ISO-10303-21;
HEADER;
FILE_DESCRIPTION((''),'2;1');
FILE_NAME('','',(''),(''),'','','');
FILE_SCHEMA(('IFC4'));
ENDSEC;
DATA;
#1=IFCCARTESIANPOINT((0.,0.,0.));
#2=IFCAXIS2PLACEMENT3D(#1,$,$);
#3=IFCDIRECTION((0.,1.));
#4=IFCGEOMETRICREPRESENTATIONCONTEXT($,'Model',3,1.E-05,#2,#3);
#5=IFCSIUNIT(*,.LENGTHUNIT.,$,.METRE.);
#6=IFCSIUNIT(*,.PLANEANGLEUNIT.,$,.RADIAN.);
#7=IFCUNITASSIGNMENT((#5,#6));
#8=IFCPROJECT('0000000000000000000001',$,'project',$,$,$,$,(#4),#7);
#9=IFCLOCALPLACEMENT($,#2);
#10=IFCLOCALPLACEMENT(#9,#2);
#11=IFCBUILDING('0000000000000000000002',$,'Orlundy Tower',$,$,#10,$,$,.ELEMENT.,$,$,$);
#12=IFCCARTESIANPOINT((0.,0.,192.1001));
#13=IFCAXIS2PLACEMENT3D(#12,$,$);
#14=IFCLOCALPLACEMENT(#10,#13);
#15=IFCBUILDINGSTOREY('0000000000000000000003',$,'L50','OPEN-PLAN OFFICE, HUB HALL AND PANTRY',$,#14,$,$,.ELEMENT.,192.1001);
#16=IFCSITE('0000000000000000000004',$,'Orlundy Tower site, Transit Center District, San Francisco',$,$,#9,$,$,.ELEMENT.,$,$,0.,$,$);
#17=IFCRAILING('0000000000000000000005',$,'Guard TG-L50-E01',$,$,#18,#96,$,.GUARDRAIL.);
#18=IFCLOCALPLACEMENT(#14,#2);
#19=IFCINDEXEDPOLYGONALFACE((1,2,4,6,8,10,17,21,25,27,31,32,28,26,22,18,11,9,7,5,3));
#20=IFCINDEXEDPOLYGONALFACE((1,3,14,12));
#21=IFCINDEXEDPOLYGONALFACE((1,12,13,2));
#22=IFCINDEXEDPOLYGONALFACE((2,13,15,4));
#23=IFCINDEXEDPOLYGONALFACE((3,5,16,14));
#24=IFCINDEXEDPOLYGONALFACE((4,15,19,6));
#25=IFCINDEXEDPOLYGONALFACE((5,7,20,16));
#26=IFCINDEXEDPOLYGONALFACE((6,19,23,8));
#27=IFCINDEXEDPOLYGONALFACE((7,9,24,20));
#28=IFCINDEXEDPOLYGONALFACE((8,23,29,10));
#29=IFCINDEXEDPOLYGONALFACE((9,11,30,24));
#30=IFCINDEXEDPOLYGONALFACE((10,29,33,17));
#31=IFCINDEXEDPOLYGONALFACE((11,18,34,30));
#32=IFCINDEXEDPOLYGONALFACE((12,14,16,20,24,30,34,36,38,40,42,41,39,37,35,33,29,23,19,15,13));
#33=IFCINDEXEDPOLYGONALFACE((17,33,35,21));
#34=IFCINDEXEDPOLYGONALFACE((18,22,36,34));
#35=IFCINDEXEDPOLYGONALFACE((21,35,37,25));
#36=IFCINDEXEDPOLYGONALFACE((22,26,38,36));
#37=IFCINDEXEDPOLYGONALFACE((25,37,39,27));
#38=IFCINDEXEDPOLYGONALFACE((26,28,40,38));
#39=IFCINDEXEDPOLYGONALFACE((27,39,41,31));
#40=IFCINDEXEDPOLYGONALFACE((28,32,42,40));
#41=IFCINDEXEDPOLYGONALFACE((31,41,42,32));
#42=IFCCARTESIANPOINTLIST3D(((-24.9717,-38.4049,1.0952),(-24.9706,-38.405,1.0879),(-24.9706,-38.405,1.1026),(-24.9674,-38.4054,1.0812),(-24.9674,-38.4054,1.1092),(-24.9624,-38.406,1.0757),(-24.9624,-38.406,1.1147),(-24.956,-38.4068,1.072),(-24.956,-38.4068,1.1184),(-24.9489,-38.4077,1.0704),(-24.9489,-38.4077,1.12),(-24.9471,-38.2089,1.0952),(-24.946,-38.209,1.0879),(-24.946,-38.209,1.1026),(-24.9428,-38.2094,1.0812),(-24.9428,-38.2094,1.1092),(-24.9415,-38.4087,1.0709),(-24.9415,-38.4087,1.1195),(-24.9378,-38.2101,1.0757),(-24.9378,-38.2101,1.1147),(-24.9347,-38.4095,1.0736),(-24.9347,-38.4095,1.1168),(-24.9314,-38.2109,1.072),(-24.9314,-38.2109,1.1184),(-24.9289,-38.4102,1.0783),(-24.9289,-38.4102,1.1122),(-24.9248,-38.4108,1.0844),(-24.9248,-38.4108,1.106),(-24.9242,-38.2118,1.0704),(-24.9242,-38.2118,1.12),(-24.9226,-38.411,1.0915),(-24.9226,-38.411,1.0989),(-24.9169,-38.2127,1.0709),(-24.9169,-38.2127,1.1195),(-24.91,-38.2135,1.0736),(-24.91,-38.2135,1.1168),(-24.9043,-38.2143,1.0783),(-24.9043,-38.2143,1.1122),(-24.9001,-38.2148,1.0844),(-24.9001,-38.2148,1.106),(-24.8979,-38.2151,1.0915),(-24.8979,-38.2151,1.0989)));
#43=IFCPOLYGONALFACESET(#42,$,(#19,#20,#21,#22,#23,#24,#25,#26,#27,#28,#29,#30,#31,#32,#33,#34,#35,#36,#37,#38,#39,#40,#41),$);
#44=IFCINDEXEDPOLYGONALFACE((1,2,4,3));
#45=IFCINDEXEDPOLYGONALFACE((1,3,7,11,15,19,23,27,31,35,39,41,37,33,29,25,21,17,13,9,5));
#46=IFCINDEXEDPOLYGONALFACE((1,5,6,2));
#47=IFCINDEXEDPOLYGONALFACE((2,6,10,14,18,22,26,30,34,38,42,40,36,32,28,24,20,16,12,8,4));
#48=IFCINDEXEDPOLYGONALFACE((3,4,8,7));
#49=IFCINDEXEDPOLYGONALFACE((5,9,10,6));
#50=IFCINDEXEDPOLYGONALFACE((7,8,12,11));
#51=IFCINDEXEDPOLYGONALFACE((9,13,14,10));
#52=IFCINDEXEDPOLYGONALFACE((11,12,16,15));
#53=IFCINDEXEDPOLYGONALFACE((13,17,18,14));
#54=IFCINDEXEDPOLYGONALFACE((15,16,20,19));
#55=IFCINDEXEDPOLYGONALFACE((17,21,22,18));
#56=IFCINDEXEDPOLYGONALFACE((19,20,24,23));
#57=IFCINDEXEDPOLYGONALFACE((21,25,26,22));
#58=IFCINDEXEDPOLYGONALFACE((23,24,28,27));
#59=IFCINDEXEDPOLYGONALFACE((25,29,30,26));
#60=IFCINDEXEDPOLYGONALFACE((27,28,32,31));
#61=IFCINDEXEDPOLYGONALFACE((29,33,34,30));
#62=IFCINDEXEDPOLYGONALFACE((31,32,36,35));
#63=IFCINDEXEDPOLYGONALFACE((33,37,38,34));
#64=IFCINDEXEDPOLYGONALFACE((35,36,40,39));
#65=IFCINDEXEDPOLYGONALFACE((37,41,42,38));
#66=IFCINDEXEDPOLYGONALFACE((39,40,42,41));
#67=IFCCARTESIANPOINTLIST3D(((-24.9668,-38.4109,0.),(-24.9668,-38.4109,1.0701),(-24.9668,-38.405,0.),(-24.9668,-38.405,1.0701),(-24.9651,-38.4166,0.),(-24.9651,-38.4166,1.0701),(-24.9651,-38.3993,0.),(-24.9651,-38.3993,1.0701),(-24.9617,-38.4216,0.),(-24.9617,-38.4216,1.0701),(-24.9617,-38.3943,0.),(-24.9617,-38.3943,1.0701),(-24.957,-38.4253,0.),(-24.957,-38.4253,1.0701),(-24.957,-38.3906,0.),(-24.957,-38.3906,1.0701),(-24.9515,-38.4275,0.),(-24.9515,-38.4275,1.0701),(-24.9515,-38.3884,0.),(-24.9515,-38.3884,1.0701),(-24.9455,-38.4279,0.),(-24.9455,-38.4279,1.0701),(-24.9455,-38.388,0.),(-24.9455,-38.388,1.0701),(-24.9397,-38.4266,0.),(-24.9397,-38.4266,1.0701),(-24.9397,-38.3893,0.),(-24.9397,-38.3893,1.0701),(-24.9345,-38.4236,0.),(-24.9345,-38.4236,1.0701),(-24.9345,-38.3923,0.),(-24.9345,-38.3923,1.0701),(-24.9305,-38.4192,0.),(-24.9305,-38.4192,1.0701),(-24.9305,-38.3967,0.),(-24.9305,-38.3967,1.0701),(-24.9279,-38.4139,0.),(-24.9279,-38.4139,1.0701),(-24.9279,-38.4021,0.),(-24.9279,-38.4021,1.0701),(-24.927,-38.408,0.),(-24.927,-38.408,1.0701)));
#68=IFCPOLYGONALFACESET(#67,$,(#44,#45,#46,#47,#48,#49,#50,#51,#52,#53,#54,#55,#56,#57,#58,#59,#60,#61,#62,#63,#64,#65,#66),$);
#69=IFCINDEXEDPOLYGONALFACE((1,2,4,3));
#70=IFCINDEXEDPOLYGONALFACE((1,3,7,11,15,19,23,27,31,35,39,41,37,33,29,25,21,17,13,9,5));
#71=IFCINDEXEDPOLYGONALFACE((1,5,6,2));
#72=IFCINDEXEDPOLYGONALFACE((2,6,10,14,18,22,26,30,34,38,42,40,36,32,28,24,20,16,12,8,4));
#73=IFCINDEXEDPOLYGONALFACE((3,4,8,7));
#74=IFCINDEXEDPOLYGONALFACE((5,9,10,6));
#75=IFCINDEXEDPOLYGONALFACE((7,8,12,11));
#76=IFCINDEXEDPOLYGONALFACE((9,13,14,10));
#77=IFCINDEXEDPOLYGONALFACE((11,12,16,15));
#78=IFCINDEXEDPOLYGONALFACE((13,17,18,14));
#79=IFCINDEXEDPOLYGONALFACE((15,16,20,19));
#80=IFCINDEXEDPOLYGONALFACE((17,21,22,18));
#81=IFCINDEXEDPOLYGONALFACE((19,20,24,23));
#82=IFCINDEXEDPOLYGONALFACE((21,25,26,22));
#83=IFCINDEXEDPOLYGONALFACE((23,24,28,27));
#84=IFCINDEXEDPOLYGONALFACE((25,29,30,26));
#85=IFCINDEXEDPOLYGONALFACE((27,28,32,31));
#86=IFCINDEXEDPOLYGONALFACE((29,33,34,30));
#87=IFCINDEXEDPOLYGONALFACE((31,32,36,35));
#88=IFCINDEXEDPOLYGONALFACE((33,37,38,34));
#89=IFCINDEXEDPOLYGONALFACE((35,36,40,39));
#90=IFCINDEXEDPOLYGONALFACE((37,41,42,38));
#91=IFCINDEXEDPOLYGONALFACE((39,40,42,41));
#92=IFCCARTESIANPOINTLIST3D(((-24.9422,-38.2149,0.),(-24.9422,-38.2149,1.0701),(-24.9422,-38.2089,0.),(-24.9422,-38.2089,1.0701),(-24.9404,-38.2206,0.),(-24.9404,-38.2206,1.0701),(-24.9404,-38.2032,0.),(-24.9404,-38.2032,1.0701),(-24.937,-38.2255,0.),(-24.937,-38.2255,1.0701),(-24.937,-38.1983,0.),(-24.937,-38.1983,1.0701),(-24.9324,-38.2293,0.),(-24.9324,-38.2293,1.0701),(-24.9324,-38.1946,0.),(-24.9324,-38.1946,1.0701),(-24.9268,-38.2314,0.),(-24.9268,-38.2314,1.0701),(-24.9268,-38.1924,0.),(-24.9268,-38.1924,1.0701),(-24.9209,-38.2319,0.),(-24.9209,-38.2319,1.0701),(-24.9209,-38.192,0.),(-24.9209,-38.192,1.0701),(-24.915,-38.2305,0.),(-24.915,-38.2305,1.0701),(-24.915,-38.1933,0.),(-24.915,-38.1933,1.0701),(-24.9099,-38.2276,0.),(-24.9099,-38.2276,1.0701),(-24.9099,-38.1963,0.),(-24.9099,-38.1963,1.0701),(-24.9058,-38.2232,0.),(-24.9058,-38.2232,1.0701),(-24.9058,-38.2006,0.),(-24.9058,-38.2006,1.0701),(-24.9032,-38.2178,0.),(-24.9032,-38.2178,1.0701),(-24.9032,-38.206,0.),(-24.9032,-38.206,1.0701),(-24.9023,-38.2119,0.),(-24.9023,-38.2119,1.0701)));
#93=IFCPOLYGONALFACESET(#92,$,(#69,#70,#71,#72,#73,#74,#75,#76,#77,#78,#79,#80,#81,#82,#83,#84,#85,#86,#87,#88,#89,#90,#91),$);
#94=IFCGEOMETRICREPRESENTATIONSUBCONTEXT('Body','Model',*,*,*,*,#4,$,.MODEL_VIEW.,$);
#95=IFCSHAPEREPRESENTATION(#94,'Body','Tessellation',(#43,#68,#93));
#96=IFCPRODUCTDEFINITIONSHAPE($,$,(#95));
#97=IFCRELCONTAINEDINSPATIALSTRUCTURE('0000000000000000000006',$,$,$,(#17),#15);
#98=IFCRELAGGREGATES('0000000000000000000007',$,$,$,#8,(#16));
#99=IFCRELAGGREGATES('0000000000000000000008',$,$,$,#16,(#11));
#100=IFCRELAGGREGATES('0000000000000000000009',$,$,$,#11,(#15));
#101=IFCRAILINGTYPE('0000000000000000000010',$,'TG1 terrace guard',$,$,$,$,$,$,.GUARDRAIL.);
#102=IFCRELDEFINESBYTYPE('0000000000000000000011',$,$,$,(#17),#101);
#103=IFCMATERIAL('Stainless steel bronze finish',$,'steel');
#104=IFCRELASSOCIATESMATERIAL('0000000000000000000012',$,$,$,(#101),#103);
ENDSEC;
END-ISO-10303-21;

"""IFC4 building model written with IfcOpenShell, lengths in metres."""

from ifc_helpers import new_model, si_unit, direction, frame, origin, origin_2d, place, context, subcontext, project, spatial, circle, extrude, material, type_object, element, save


model = new_model("IFC4")

# Units and contexts
model_context = context("Model", 3, precision=1e-05, world=origin(), true_north=direction((0.0, 1.0)))
body_context = subcontext(model_context, "Body", "Model", "MODEL_VIEW")
ifc_project = project(units=[si_unit("LENGTHUNIT", "METRE"), si_unit("PLANEANGLEUNIT", "RADIAN")], contexts=[model_context])

# Site, building, storey
site_placement = place(None, origin())
site = spatial("IfcSite", under=ifc_project, at=site_placement, Name="Orlundy Tower site, Transit Center District, San Francisco", CompositionType="ELEMENT", RefElevation=0.0)
building_placement = place(site_placement, origin())
building = spatial("IfcBuilding", under=site, at=building_placement, Name="Orlundy Tower", CompositionType="ELEMENT")
storey_placement = place(building_placement, frame((0.0, 0.0, 192.1001)))
storey = spatial("IfcBuildingStorey", under=building, at=storey_placement, Name="L50", Description="OPEN-PLAN OFFICE, HUB HALL AND PANTRY", CompositionType="ELEMENT", Elevation=192.1001)

# Railing
ifc_material_1 = material(Name="Stainless steel bronze finish", Category="steel")
railing_type = type_object("IfcRailingType", Name="TG1 terrace guard", PredefinedType="GUARDRAIL", material=ifc_material_1)
railing_placement = place(storey_placement, frame((-24.947, -38.408, 0.0)))
element("IfcRailing", 1, at=railing_placement, inside=storey, type_object=railing_type, Name="Guard TG-L50-E01", PredefinedType="GUARDRAIL", context=body_context, shape_type="SweptSolid", body=[
    extrude(circle(Radius=0.0249, at=origin_2d()), frame((0.0, 0.0, 1.0952), z_axis=(0.124795, 0.992183, 0.0), x_axis=(-0.992183, 0.124795, 0.0)), (0.0, 0.0, 1.0), 0.1975),
    extrude(circle(Radius=0.02, at=origin_2d()), origin(), (0.0, 0.0, 1.0), 1.0701),
    extrude(circle(Radius=0.02, at=origin_2d()), frame((0.0247, 0.196, 0.0)), (0.0, 0.0, 1.0), 1.0701),
])

save(model, "model.ifc")
